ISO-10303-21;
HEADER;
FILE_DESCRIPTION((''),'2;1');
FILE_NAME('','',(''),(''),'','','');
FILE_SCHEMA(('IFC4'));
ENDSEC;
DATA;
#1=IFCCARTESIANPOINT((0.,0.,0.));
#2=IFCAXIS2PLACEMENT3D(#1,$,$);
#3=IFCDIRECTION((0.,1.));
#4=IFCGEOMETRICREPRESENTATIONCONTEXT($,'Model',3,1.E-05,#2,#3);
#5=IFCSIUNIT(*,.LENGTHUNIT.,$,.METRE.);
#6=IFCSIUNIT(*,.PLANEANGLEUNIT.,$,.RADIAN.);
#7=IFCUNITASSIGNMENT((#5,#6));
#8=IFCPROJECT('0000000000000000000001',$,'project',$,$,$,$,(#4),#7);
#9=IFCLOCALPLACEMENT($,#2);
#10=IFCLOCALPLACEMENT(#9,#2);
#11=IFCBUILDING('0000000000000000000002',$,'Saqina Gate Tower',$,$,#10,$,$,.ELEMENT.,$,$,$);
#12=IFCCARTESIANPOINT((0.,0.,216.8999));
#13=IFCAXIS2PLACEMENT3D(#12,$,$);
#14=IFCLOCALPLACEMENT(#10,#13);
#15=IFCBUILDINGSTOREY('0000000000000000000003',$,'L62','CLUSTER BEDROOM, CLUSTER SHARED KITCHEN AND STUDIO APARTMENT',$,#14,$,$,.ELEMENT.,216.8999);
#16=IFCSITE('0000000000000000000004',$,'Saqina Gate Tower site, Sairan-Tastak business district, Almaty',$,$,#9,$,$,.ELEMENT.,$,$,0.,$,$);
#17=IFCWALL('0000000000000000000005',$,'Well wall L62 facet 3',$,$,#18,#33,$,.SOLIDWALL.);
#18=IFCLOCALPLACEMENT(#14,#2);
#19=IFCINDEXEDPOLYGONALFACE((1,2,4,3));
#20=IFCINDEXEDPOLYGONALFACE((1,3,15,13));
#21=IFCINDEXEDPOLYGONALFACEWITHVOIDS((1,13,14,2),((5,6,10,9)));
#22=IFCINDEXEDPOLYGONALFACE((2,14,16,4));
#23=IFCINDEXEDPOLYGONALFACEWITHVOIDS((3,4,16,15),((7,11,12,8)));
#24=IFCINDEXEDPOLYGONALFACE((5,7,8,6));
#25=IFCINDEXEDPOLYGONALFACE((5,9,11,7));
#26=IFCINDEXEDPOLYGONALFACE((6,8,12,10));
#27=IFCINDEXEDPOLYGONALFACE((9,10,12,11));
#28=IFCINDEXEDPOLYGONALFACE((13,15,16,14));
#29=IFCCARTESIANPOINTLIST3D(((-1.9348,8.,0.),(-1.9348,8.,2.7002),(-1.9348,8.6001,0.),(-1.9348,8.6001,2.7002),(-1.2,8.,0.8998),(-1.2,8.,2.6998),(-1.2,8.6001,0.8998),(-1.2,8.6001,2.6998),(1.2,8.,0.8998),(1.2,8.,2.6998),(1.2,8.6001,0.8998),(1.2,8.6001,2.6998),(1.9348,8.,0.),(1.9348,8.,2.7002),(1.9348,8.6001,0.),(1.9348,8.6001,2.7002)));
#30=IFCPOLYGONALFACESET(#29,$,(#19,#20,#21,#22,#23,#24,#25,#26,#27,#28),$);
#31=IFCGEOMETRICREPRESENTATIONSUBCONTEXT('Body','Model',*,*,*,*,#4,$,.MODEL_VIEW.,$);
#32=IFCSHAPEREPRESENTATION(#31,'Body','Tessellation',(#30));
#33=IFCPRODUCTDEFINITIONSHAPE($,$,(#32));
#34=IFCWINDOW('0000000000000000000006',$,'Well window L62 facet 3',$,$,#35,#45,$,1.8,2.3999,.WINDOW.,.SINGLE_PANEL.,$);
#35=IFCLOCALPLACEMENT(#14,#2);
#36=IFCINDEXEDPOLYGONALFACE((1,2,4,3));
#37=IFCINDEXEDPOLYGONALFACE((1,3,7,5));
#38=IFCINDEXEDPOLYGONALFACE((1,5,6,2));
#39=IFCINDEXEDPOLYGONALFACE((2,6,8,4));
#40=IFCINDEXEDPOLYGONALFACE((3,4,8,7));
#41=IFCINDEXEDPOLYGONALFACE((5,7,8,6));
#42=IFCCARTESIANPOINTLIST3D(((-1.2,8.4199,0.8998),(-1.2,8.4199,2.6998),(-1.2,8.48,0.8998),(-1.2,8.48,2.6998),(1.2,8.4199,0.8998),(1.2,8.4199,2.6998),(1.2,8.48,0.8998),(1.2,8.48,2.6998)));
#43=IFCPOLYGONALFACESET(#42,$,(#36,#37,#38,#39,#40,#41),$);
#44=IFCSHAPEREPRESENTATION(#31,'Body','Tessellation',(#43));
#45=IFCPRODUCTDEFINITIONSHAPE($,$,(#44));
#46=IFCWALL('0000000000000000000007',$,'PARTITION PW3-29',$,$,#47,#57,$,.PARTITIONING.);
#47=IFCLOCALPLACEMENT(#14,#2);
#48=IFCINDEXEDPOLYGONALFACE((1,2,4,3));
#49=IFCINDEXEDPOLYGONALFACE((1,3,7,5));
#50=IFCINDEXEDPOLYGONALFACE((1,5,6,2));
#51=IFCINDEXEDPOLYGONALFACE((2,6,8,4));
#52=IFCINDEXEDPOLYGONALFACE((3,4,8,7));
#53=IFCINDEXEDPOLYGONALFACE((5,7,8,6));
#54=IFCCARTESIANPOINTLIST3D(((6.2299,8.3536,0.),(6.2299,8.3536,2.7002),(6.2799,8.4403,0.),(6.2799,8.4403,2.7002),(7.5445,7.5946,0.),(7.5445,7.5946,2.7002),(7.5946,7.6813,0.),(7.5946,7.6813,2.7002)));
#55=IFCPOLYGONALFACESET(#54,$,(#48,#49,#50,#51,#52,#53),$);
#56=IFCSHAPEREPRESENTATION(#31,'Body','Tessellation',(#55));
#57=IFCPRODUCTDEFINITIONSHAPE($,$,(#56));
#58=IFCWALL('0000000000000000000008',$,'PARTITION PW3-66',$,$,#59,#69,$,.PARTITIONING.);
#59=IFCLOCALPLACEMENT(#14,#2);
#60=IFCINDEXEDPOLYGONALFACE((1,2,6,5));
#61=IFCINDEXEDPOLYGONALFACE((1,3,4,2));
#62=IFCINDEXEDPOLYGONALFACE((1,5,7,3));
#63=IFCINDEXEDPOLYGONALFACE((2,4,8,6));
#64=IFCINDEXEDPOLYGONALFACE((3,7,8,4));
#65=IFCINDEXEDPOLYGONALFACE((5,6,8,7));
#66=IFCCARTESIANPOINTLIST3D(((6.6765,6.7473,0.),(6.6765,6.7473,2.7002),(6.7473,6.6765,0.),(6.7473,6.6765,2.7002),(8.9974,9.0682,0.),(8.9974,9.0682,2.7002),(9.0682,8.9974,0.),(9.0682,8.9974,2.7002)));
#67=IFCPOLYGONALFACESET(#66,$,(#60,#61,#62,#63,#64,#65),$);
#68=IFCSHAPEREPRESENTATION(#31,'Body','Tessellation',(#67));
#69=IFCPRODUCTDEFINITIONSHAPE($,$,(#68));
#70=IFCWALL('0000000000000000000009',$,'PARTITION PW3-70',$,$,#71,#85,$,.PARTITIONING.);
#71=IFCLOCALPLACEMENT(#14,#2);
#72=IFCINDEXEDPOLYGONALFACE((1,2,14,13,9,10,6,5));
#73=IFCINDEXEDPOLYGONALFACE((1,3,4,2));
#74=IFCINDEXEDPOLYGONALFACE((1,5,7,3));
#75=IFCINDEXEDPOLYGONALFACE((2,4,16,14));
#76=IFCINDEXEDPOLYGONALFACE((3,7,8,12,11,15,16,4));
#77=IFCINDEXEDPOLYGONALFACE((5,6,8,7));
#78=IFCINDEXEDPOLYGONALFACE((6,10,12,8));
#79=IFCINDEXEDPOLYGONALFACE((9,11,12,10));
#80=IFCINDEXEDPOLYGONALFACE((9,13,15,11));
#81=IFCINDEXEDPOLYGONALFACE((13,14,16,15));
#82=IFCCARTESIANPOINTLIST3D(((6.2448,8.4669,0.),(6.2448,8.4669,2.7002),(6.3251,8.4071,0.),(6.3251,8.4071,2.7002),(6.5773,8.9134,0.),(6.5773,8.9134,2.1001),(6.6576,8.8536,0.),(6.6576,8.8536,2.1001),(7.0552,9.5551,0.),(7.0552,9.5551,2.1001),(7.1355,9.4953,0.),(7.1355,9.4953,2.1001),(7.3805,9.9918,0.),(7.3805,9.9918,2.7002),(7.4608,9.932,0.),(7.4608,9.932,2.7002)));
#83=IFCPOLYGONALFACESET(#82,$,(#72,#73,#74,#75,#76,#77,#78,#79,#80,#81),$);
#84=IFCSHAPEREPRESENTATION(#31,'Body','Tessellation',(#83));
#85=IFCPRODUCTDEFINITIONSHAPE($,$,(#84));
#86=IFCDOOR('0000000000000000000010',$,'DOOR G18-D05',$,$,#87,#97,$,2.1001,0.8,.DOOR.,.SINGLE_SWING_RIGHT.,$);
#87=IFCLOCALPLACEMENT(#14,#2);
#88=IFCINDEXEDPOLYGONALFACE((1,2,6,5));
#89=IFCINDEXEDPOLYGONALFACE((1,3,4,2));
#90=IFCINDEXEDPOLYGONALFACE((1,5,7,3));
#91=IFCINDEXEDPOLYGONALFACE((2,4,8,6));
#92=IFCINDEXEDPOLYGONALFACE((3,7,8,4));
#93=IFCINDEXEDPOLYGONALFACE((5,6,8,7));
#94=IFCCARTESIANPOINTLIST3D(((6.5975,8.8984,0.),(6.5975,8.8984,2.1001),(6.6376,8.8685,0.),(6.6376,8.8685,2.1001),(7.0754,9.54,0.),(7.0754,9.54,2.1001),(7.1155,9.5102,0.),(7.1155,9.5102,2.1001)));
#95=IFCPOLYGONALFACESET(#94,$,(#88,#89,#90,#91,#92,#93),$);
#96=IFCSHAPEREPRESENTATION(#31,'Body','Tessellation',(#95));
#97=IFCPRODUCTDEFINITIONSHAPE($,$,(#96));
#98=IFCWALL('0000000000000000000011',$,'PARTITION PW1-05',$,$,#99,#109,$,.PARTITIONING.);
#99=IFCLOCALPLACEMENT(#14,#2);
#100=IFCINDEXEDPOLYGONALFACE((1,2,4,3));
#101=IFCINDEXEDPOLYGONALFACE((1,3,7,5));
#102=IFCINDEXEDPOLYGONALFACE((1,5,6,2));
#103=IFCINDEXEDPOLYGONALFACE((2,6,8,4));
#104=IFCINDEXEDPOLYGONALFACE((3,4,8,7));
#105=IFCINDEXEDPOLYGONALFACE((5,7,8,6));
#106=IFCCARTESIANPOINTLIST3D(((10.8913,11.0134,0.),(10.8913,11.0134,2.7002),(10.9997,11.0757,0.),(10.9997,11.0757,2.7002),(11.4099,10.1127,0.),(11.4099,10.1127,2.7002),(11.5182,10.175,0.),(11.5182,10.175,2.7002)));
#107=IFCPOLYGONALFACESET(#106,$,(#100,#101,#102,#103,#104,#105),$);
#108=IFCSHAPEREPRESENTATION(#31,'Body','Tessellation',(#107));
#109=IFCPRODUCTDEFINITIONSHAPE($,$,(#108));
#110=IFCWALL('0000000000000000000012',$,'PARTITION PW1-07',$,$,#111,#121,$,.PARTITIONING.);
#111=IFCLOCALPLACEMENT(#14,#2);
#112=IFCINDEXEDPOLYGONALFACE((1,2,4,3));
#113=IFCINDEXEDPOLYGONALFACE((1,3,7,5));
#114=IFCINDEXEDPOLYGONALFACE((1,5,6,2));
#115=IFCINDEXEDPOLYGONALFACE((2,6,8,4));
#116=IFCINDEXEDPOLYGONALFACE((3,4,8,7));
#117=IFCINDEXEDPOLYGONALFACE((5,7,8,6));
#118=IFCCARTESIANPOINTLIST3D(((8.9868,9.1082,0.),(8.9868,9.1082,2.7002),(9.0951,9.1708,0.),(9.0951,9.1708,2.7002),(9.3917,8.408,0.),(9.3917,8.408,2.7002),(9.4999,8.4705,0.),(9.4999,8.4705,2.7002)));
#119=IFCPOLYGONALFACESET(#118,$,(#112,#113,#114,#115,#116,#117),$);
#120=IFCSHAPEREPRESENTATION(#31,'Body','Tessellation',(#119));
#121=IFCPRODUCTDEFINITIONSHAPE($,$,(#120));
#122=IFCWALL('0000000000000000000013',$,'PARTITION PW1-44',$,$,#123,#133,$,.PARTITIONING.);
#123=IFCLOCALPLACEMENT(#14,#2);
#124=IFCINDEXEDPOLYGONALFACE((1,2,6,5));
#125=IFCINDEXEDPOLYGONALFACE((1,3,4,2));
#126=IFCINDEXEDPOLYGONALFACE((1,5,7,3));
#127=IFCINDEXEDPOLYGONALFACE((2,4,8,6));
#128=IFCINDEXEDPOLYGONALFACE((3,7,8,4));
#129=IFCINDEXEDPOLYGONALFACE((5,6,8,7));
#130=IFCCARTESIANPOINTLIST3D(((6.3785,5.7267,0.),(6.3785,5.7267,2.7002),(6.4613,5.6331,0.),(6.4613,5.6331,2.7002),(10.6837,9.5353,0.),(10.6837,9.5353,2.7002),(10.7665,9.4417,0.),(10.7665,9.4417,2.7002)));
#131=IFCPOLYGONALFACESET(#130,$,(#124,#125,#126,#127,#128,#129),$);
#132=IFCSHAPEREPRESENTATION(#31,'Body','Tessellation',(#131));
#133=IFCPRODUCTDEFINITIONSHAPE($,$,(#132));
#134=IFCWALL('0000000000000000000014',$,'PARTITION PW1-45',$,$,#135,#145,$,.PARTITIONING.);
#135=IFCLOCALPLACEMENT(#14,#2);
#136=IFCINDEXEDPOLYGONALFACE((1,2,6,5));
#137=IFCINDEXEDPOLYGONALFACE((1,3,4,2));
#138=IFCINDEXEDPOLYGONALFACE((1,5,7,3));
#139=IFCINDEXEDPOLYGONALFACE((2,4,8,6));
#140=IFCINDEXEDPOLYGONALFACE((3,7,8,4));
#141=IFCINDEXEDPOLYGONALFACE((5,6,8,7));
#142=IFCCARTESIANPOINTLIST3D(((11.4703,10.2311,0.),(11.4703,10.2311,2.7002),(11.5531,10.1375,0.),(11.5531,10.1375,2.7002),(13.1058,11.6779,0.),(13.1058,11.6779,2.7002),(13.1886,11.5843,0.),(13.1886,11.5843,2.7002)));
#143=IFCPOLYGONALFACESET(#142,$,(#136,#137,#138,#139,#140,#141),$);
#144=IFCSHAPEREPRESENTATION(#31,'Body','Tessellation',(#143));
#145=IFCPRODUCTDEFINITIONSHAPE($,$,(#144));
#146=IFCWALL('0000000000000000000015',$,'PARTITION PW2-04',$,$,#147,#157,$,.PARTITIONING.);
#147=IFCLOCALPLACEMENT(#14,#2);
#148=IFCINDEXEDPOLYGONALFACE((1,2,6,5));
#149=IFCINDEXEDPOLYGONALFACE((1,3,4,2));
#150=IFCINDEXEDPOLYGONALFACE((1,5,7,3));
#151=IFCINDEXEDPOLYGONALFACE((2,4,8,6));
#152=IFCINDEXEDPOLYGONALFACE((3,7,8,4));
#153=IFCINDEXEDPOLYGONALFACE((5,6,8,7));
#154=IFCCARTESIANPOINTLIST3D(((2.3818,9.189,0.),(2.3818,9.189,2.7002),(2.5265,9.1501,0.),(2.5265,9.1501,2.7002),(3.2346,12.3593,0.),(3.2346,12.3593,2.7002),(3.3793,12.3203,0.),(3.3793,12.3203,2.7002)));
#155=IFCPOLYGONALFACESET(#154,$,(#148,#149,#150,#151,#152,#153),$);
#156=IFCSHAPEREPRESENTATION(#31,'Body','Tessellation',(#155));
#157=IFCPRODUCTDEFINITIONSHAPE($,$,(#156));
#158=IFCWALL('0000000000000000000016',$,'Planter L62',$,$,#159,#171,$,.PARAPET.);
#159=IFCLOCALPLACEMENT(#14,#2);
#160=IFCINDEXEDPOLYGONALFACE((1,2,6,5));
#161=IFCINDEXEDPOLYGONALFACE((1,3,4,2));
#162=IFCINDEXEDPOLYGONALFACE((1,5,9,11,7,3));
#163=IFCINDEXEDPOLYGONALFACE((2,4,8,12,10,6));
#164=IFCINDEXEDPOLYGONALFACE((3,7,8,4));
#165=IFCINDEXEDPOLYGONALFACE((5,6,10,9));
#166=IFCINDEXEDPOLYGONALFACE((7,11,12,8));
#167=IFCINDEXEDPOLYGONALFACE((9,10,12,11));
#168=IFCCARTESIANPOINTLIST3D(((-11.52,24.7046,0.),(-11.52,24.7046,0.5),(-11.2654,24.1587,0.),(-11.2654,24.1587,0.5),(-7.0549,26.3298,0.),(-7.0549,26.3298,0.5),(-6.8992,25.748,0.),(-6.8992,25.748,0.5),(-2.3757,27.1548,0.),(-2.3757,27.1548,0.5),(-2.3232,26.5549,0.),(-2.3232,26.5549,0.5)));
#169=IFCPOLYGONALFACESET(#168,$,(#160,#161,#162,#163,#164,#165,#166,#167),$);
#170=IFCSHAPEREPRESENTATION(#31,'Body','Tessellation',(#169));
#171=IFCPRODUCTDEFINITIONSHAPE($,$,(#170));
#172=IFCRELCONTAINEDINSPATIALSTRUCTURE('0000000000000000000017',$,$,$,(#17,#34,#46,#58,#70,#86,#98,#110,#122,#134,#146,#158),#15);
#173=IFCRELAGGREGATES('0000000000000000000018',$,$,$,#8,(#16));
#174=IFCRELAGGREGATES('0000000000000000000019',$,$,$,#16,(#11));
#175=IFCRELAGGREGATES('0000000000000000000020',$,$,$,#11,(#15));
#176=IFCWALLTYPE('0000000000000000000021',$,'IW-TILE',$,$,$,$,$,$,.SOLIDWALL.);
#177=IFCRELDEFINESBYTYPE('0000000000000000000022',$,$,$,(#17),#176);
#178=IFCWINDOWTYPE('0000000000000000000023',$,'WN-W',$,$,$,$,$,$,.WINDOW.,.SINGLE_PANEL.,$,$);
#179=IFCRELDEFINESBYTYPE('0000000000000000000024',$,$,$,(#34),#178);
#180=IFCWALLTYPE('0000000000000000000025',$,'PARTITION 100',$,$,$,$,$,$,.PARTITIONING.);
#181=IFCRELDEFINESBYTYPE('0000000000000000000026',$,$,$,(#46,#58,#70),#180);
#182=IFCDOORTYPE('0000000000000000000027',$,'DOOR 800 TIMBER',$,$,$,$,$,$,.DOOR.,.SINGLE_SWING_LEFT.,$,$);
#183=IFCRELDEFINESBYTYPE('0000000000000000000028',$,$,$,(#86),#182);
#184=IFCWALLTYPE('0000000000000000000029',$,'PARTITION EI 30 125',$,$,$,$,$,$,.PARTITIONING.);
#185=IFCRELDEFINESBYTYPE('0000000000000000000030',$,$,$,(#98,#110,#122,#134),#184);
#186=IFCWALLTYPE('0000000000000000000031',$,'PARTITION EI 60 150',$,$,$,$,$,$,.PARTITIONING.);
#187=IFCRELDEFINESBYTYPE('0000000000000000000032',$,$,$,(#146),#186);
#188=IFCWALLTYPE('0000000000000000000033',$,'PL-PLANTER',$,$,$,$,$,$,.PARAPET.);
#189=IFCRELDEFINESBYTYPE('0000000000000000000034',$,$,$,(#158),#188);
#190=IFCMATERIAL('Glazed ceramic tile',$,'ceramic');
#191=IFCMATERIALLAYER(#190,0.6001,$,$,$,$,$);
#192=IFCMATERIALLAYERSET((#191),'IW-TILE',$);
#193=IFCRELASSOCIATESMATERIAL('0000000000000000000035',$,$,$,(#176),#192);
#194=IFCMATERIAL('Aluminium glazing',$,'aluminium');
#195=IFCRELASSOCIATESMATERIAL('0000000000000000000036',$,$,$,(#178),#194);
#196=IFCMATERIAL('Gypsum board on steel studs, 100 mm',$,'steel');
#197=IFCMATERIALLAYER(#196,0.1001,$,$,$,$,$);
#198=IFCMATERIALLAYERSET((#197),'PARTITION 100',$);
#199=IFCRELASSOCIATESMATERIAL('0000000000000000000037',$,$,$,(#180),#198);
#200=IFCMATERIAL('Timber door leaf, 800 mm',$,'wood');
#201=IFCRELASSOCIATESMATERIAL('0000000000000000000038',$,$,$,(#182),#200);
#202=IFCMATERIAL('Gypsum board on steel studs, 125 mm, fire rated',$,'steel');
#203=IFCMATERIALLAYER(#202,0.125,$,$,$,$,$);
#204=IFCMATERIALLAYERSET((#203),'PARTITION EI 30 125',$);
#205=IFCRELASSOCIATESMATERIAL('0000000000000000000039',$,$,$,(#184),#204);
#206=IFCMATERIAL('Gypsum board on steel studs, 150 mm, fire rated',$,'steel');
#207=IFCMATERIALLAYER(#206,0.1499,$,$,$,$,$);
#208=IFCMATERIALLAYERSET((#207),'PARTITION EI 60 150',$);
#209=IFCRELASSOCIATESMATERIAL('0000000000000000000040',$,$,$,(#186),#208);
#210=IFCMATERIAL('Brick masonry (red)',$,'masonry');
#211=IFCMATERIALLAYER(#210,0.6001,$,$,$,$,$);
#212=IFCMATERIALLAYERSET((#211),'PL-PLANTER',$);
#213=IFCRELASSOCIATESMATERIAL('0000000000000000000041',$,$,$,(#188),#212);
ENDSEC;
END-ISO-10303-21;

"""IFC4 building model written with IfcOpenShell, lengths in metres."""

from ifc_helpers import new_model, si_unit, direction, frame, frame_2d, origin, place, context, subcontext, project, spatial, polyline, rectangle, outline, extrude, material, layer, layer_set, type_object, element, fill, save


model = new_model("IFC4")

# Units and contexts
model_context = context("Model", 3, precision=1e-05, world=origin(), true_north=direction((0.0, 1.0)))
body_context = subcontext(model_context, "Body", "Model", "MODEL_VIEW")
ifc_project = project(units=[si_unit("LENGTHUNIT", "METRE"), si_unit("PLANEANGLEUNIT", "RADIAN")], contexts=[model_context])

# Site, building, storey
site_placement = place(None, origin())
site = spatial("IfcSite", under=ifc_project, at=site_placement, Name="Saqina Gate Tower site, Sairan-Tastak business district, Almaty", CompositionType="ELEMENT", RefElevation=0.0)
building_placement = place(site_placement, origin())
building = spatial("IfcBuilding", under=site, at=building_placement, Name="Saqina Gate Tower", CompositionType="ELEMENT")
storey_placement = place(building_placement, frame((0.0, 0.0, 216.8999)))
storey = spatial("IfcBuildingStorey", under=building, at=storey_placement, Name="L62", Description="CLUSTER BEDROOM, CLUSTER SHARED KITCHEN AND STUDIO APARTMENT", CompositionType="ELEMENT", Elevation=216.8999)

# Wall, opening, window
ifc_material_1 = material(Name="Glazed ceramic tile", Category="ceramic")
ifc_layer_1 = layer(ifc_material_1, 0.6001)
ifc_layer_set_1 = layer_set([ifc_layer_1], Name="IW-TILE")
wall_type_1 = type_object("IfcWallType", Name="IW-TILE", PredefinedType="SOLIDWALL", material=ifc_layer_set_1)
ifc_material_2 = material(Name="Aluminium glazing", Category="aluminium")
window_type = type_object("IfcWindowType", Name="WN-W", PartitioningType="SINGLE_PANEL", PredefinedType="WINDOW", material=ifc_material_2)
wall_1_placement = place(storey_placement, frame((1.9348, 8.3, 0.0), z_axis=(0.0, 0.0, 1.0), x_axis=(-1.0, 0.0, 0.0)))
wall_1 = element("IfcWall", 1, at=wall_1_placement, inside=storey, type_object=wall_type_1, Name="Well wall L62 facet 3", PredefinedType="SOLIDWALL", context=body_context, shape_type="SweptSolid", body=[
    extrude(rectangle(XDim=3.8696, YDim=0.6001, at=frame_2d((1.9348, 0.0))), origin(), (0.0, 0.0, 1.0), 2.7002),
])
opening_1_placement = place(wall_1_placement, frame((0.7349, 0.0, 0.8999)))
opening_1 = element("IfcOpeningElement", 2, at=opening_1_placement, cuts=wall_1, PredefinedType="OPENING", context=body_context, shape_type="SweptSolid", body=[
    extrude(rectangle(XDim=2.3999, YDim=1.8, at=frame_2d((1.2, 0.8999))), frame((0.0, 0.312, 0.0), z_axis=(0.0, -1.0, 0.0), x_axis=(1.0, 0.0, 0.0)), (0.0, 0.0, 1.0), 0.624),
])
window_1_placement = place(opening_1_placement, origin())
window_1 = element("IfcWindow", 3, at=window_1_placement, inside=storey, type_object=window_type, Name="Well window L62 facet 3", OverallHeight=1.8, OverallWidth=2.3999, PartitioningType="SINGLE_PANEL", PredefinedType="WINDOW", context=body_context, shape_type="SweptSolid", body=[
    extrude(rectangle(XDim=2.3999, YDim=1.8, at=frame_2d((1.2, 0.8999))), frame((0.0, -0.1199, 0.0), z_axis=(0.0, -1.0, 0.0), x_axis=(1.0, 0.0, 0.0)), (0.0, 0.0, 1.0), 0.0601),
])
fill(opening_1, window_1)

# Walls
ifc_material_3 = material(Name="Gypsum board on steel studs, 100 mm", Category="steel")
ifc_layer_2 = layer(ifc_material_3, 0.1001)
ifc_layer_set_2 = layer_set([ifc_layer_2], Name="PARTITION 100")
wall_type_2 = type_object("IfcWallType", Name="PARTITION 100", PredefinedType="PARTITIONING", material=ifc_layer_set_2)
wall_2_placement = place(storey_placement, frame((6.2549, 8.397, 0.0), z_axis=(0.0, 0.0, 1.0), x_axis=(0.866028, -0.499996, 0.0)))
element("IfcWall", 4, at=wall_2_placement, inside=storey, type_object=wall_type_2, Name="PARTITION PW3-29", PredefinedType="PARTITIONING", context=body_context, shape_type="SweptSolid", body=[
    extrude(rectangle(XDim=1.5181, YDim=0.1001, at=frame_2d((0.759, 0.0))), origin(), (0.0, 0.0, 1.0), 2.7002),
])
wall_3_placement = place(storey_placement, frame((6.7119, 6.7119, 0.0), z_axis=(0.0, 0.0, 1.0), x_axis=(0.707107, 0.707107, 0.0)))
element("IfcWall", 5, at=wall_3_placement, inside=storey, type_object=wall_type_2, Name="PARTITION PW3-66", PredefinedType="PARTITIONING", context=body_context, shape_type="SweptSolid", body=[
    extrude(rectangle(XDim=3.2822, YDim=0.1001, at=frame_2d((1.6411, 0.0))), origin(), (0.0, 0.0, 1.0), 2.7002),
])

# Wall, opening, door
wall_4_placement = place(storey_placement, frame((6.2849, 8.437, 0.0), z_axis=(0.0, 0.0, 1.0), x_axis=(0.597326, 0.801999, 0.0)))
wall_4 = element("IfcWall", 6, at=wall_4_placement, inside=storey, type_object=wall_type_2, Name="PARTITION PW3-70", PredefinedType="PARTITIONING", context=body_context, shape_type="SweptSolid", body=[
    extrude(rectangle(XDim=1.9014, YDim=0.1001, at=frame_2d((0.9507, 0.0))), origin(), (0.0, 0.0, 1.0), 2.7002),
])
opening_2_placement = place(wall_4_placement, frame((0.5569, 0.0, 0.0)))
opening_2 = element("IfcOpeningElement", 7, at=opening_2_placement, cuts=wall_4, PredefinedType="OPENING", context=body_context, shape_type="SweptSolid", body=[
    extrude(rectangle(XDim=0.8, YDim=2.1001, at=frame_2d((0.3999, 1.05))), frame((0.0, 0.062, 0.0), z_axis=(0.0, -1.0, 0.0), x_axis=(1.0, 0.0, 0.0)), (0.0, 0.0, 1.0), 0.124),
])
ifc_material_4 = material(Name="Timber door leaf, 800 mm", Category="wood")
door_type = type_object("IfcDoorType", Name="DOOR 800 TIMBER", OperationType="SINGLE_SWING_LEFT", PredefinedType="DOOR", material=ifc_material_4)
door_placement = place(opening_2_placement, origin())
door = element("IfcDoor", 8, at=door_placement, inside=storey, type_object=door_type, Name="DOOR G18-D05", OperationType="SINGLE_SWING_RIGHT", OverallHeight=2.1001, OverallWidth=0.8, PredefinedType="DOOR", context=body_context, shape_type="SweptSolid", body=[
    extrude(rectangle(XDim=0.8, YDim=2.1001, at=frame_2d((0.3999, 1.05))), frame((0.0, 0.0249, 0.0), z_axis=(0.0, -1.0, 0.0), x_axis=(1.0, 0.0, 0.0)), (0.0, 0.0, 1.0), 0.05),
])
fill(opening_2, door)

# Walls
ifc_material_5 = material(Name="Gypsum board on steel studs, 125 mm, fire rated", Category="steel")
ifc_layer_3 = layer(ifc_material_5, 0.125)
ifc_layer_set_3 = layer_set([ifc_layer_3], Name="PARTITION EI 30 125")
wall_type_3 = type_object("IfcWallType", Name="PARTITION EI 30 125", PredefinedType="PARTITIONING", material=ifc_layer_set_3)
wall_5_placement = place(storey_placement, frame((10.9456, 11.0444, 0.0), z_axis=(0.0, 0.0, 1.0), x_axis=(0.49897, -0.866619, 0.0)))
element("IfcWall", 9, at=wall_5_placement, inside=storey, type_object=wall_type_3, Name="PARTITION PW1-05", PredefinedType="PARTITIONING", context=body_context, shape_type="SweptSolid", body=[
    extrude(rectangle(XDim=1.0393, YDim=0.125, at=frame_2d((0.5195, 0.0))), origin(), (0.0, 0.0, 1.0), 2.7002),
])
wall_6_placement = place(storey_placement, frame((9.041, 9.1394, 0.0), z_axis=(0.0, 0.0, 1.0), x_axis=(0.500489, -0.865743, 0.0)))
element("IfcWall", 10, at=wall_6_placement, inside=storey, type_object=wall_type_3, Name="PARTITION PW1-07", PredefinedType="PARTITIONING", context=body_context, shape_type="SweptSolid", body=[
    extrude(rectangle(XDim=0.8088, YDim=0.125, at=frame_2d((0.4043, 0.0))), origin(), (0.0, 0.0, 1.0), 2.7002),
])
wall_7_placement = place(storey_placement, frame((6.4199, 5.6799, 0.0), z_axis=(0.0, 0.0, 1.0), x_axis=(0.748982, 0.66259, 0.0)))
element("IfcWall", 11, at=wall_7_placement, inside=storey, type_object=wall_type_3, Name="PARTITION PW1-44", PredefinedType="PARTITIONING", context=body_context, shape_type="SweptSolid", body=[
    extrude(rectangle(XDim=5.748, YDim=0.125, at=frame_2d((2.874, 0.0))), origin(), (0.0, 0.0, 1.0), 2.7002),
])
wall_8_placement = place(storey_placement, frame((11.5117, 10.1843, 0.0), z_axis=(0.0, 0.0, 1.0), x_axis=(0.748999, 0.662571, 0.0)))
element("IfcWall", 12, at=wall_8_placement, inside=storey, type_object=wall_type_3, Name="PARTITION PW1-45", PredefinedType="PARTITIONING", context=body_context, shape_type="SweptSolid", body=[
    extrude(rectangle(XDim=2.1836, YDim=0.125, at=frame_2d((1.0918, 0.0))), origin(), (0.0, 0.0, 1.0), 2.7002),
])
ifc_material_6 = material(Name="Gypsum board on steel studs, 150 mm, fire rated", Category="steel")
ifc_layer_4 = layer(ifc_material_6, 0.1499)
ifc_layer_set_4 = layer_set([ifc_layer_4], Name="PARTITION EI 60 150")
wall_type_4 = type_object("IfcWallType", Name="PARTITION EI 60 150", PredefinedType="PARTITIONING", material=ifc_layer_set_4)
wall_9_placement = place(storey_placement, frame((2.4541, 9.1694, 0.0), z_axis=(0.0, 0.0, 1.0), x_axis=(0.259768, 0.965671, 0.0)))
element("IfcWall", 13, at=wall_9_placement, inside=storey, type_object=wall_type_4, Name="PARTITION PW2-04", PredefinedType="PARTITIONING", context=body_context, shape_type="SweptSolid", body=[
    extrude(rectangle(XDim=3.283, YDim=0.1499, at=frame_2d((1.6416, 0.0))), origin(), (0.0, 0.0, 1.0), 2.7002),
])
ifc_material_7 = material(Name="Brick masonry (red)", Category="masonry")
ifc_layer_5 = layer(ifc_material_7, 0.6001)
ifc_layer_set_5 = layer_set([ifc_layer_5], Name="PL-PLANTER")
wall_type_5 = type_object("IfcWallType", Name="PL-PLANTER", PredefinedType="PARAPET", material=ifc_layer_set_5)
wall_10_placement = place(storey_placement, origin())
element("IfcWall", 14, at=wall_10_placement, inside=storey, type_object=wall_type_5, Name="Planter L62", PredefinedType="PARAPET", context=body_context, shape_type="SweptSolid", body=[
    extrude(outline(polyline([(-2.3757, 27.1548), (-7.0549, 26.3298), (-11.52, 24.7046), (-11.2654, 24.1587), (-6.8992, 25.748), (-2.3232, 26.5549), (-2.3757, 27.1548)])), origin(), (0.0, 0.0, 1.0), 0.5),
])

save(model, "model.ifc")
